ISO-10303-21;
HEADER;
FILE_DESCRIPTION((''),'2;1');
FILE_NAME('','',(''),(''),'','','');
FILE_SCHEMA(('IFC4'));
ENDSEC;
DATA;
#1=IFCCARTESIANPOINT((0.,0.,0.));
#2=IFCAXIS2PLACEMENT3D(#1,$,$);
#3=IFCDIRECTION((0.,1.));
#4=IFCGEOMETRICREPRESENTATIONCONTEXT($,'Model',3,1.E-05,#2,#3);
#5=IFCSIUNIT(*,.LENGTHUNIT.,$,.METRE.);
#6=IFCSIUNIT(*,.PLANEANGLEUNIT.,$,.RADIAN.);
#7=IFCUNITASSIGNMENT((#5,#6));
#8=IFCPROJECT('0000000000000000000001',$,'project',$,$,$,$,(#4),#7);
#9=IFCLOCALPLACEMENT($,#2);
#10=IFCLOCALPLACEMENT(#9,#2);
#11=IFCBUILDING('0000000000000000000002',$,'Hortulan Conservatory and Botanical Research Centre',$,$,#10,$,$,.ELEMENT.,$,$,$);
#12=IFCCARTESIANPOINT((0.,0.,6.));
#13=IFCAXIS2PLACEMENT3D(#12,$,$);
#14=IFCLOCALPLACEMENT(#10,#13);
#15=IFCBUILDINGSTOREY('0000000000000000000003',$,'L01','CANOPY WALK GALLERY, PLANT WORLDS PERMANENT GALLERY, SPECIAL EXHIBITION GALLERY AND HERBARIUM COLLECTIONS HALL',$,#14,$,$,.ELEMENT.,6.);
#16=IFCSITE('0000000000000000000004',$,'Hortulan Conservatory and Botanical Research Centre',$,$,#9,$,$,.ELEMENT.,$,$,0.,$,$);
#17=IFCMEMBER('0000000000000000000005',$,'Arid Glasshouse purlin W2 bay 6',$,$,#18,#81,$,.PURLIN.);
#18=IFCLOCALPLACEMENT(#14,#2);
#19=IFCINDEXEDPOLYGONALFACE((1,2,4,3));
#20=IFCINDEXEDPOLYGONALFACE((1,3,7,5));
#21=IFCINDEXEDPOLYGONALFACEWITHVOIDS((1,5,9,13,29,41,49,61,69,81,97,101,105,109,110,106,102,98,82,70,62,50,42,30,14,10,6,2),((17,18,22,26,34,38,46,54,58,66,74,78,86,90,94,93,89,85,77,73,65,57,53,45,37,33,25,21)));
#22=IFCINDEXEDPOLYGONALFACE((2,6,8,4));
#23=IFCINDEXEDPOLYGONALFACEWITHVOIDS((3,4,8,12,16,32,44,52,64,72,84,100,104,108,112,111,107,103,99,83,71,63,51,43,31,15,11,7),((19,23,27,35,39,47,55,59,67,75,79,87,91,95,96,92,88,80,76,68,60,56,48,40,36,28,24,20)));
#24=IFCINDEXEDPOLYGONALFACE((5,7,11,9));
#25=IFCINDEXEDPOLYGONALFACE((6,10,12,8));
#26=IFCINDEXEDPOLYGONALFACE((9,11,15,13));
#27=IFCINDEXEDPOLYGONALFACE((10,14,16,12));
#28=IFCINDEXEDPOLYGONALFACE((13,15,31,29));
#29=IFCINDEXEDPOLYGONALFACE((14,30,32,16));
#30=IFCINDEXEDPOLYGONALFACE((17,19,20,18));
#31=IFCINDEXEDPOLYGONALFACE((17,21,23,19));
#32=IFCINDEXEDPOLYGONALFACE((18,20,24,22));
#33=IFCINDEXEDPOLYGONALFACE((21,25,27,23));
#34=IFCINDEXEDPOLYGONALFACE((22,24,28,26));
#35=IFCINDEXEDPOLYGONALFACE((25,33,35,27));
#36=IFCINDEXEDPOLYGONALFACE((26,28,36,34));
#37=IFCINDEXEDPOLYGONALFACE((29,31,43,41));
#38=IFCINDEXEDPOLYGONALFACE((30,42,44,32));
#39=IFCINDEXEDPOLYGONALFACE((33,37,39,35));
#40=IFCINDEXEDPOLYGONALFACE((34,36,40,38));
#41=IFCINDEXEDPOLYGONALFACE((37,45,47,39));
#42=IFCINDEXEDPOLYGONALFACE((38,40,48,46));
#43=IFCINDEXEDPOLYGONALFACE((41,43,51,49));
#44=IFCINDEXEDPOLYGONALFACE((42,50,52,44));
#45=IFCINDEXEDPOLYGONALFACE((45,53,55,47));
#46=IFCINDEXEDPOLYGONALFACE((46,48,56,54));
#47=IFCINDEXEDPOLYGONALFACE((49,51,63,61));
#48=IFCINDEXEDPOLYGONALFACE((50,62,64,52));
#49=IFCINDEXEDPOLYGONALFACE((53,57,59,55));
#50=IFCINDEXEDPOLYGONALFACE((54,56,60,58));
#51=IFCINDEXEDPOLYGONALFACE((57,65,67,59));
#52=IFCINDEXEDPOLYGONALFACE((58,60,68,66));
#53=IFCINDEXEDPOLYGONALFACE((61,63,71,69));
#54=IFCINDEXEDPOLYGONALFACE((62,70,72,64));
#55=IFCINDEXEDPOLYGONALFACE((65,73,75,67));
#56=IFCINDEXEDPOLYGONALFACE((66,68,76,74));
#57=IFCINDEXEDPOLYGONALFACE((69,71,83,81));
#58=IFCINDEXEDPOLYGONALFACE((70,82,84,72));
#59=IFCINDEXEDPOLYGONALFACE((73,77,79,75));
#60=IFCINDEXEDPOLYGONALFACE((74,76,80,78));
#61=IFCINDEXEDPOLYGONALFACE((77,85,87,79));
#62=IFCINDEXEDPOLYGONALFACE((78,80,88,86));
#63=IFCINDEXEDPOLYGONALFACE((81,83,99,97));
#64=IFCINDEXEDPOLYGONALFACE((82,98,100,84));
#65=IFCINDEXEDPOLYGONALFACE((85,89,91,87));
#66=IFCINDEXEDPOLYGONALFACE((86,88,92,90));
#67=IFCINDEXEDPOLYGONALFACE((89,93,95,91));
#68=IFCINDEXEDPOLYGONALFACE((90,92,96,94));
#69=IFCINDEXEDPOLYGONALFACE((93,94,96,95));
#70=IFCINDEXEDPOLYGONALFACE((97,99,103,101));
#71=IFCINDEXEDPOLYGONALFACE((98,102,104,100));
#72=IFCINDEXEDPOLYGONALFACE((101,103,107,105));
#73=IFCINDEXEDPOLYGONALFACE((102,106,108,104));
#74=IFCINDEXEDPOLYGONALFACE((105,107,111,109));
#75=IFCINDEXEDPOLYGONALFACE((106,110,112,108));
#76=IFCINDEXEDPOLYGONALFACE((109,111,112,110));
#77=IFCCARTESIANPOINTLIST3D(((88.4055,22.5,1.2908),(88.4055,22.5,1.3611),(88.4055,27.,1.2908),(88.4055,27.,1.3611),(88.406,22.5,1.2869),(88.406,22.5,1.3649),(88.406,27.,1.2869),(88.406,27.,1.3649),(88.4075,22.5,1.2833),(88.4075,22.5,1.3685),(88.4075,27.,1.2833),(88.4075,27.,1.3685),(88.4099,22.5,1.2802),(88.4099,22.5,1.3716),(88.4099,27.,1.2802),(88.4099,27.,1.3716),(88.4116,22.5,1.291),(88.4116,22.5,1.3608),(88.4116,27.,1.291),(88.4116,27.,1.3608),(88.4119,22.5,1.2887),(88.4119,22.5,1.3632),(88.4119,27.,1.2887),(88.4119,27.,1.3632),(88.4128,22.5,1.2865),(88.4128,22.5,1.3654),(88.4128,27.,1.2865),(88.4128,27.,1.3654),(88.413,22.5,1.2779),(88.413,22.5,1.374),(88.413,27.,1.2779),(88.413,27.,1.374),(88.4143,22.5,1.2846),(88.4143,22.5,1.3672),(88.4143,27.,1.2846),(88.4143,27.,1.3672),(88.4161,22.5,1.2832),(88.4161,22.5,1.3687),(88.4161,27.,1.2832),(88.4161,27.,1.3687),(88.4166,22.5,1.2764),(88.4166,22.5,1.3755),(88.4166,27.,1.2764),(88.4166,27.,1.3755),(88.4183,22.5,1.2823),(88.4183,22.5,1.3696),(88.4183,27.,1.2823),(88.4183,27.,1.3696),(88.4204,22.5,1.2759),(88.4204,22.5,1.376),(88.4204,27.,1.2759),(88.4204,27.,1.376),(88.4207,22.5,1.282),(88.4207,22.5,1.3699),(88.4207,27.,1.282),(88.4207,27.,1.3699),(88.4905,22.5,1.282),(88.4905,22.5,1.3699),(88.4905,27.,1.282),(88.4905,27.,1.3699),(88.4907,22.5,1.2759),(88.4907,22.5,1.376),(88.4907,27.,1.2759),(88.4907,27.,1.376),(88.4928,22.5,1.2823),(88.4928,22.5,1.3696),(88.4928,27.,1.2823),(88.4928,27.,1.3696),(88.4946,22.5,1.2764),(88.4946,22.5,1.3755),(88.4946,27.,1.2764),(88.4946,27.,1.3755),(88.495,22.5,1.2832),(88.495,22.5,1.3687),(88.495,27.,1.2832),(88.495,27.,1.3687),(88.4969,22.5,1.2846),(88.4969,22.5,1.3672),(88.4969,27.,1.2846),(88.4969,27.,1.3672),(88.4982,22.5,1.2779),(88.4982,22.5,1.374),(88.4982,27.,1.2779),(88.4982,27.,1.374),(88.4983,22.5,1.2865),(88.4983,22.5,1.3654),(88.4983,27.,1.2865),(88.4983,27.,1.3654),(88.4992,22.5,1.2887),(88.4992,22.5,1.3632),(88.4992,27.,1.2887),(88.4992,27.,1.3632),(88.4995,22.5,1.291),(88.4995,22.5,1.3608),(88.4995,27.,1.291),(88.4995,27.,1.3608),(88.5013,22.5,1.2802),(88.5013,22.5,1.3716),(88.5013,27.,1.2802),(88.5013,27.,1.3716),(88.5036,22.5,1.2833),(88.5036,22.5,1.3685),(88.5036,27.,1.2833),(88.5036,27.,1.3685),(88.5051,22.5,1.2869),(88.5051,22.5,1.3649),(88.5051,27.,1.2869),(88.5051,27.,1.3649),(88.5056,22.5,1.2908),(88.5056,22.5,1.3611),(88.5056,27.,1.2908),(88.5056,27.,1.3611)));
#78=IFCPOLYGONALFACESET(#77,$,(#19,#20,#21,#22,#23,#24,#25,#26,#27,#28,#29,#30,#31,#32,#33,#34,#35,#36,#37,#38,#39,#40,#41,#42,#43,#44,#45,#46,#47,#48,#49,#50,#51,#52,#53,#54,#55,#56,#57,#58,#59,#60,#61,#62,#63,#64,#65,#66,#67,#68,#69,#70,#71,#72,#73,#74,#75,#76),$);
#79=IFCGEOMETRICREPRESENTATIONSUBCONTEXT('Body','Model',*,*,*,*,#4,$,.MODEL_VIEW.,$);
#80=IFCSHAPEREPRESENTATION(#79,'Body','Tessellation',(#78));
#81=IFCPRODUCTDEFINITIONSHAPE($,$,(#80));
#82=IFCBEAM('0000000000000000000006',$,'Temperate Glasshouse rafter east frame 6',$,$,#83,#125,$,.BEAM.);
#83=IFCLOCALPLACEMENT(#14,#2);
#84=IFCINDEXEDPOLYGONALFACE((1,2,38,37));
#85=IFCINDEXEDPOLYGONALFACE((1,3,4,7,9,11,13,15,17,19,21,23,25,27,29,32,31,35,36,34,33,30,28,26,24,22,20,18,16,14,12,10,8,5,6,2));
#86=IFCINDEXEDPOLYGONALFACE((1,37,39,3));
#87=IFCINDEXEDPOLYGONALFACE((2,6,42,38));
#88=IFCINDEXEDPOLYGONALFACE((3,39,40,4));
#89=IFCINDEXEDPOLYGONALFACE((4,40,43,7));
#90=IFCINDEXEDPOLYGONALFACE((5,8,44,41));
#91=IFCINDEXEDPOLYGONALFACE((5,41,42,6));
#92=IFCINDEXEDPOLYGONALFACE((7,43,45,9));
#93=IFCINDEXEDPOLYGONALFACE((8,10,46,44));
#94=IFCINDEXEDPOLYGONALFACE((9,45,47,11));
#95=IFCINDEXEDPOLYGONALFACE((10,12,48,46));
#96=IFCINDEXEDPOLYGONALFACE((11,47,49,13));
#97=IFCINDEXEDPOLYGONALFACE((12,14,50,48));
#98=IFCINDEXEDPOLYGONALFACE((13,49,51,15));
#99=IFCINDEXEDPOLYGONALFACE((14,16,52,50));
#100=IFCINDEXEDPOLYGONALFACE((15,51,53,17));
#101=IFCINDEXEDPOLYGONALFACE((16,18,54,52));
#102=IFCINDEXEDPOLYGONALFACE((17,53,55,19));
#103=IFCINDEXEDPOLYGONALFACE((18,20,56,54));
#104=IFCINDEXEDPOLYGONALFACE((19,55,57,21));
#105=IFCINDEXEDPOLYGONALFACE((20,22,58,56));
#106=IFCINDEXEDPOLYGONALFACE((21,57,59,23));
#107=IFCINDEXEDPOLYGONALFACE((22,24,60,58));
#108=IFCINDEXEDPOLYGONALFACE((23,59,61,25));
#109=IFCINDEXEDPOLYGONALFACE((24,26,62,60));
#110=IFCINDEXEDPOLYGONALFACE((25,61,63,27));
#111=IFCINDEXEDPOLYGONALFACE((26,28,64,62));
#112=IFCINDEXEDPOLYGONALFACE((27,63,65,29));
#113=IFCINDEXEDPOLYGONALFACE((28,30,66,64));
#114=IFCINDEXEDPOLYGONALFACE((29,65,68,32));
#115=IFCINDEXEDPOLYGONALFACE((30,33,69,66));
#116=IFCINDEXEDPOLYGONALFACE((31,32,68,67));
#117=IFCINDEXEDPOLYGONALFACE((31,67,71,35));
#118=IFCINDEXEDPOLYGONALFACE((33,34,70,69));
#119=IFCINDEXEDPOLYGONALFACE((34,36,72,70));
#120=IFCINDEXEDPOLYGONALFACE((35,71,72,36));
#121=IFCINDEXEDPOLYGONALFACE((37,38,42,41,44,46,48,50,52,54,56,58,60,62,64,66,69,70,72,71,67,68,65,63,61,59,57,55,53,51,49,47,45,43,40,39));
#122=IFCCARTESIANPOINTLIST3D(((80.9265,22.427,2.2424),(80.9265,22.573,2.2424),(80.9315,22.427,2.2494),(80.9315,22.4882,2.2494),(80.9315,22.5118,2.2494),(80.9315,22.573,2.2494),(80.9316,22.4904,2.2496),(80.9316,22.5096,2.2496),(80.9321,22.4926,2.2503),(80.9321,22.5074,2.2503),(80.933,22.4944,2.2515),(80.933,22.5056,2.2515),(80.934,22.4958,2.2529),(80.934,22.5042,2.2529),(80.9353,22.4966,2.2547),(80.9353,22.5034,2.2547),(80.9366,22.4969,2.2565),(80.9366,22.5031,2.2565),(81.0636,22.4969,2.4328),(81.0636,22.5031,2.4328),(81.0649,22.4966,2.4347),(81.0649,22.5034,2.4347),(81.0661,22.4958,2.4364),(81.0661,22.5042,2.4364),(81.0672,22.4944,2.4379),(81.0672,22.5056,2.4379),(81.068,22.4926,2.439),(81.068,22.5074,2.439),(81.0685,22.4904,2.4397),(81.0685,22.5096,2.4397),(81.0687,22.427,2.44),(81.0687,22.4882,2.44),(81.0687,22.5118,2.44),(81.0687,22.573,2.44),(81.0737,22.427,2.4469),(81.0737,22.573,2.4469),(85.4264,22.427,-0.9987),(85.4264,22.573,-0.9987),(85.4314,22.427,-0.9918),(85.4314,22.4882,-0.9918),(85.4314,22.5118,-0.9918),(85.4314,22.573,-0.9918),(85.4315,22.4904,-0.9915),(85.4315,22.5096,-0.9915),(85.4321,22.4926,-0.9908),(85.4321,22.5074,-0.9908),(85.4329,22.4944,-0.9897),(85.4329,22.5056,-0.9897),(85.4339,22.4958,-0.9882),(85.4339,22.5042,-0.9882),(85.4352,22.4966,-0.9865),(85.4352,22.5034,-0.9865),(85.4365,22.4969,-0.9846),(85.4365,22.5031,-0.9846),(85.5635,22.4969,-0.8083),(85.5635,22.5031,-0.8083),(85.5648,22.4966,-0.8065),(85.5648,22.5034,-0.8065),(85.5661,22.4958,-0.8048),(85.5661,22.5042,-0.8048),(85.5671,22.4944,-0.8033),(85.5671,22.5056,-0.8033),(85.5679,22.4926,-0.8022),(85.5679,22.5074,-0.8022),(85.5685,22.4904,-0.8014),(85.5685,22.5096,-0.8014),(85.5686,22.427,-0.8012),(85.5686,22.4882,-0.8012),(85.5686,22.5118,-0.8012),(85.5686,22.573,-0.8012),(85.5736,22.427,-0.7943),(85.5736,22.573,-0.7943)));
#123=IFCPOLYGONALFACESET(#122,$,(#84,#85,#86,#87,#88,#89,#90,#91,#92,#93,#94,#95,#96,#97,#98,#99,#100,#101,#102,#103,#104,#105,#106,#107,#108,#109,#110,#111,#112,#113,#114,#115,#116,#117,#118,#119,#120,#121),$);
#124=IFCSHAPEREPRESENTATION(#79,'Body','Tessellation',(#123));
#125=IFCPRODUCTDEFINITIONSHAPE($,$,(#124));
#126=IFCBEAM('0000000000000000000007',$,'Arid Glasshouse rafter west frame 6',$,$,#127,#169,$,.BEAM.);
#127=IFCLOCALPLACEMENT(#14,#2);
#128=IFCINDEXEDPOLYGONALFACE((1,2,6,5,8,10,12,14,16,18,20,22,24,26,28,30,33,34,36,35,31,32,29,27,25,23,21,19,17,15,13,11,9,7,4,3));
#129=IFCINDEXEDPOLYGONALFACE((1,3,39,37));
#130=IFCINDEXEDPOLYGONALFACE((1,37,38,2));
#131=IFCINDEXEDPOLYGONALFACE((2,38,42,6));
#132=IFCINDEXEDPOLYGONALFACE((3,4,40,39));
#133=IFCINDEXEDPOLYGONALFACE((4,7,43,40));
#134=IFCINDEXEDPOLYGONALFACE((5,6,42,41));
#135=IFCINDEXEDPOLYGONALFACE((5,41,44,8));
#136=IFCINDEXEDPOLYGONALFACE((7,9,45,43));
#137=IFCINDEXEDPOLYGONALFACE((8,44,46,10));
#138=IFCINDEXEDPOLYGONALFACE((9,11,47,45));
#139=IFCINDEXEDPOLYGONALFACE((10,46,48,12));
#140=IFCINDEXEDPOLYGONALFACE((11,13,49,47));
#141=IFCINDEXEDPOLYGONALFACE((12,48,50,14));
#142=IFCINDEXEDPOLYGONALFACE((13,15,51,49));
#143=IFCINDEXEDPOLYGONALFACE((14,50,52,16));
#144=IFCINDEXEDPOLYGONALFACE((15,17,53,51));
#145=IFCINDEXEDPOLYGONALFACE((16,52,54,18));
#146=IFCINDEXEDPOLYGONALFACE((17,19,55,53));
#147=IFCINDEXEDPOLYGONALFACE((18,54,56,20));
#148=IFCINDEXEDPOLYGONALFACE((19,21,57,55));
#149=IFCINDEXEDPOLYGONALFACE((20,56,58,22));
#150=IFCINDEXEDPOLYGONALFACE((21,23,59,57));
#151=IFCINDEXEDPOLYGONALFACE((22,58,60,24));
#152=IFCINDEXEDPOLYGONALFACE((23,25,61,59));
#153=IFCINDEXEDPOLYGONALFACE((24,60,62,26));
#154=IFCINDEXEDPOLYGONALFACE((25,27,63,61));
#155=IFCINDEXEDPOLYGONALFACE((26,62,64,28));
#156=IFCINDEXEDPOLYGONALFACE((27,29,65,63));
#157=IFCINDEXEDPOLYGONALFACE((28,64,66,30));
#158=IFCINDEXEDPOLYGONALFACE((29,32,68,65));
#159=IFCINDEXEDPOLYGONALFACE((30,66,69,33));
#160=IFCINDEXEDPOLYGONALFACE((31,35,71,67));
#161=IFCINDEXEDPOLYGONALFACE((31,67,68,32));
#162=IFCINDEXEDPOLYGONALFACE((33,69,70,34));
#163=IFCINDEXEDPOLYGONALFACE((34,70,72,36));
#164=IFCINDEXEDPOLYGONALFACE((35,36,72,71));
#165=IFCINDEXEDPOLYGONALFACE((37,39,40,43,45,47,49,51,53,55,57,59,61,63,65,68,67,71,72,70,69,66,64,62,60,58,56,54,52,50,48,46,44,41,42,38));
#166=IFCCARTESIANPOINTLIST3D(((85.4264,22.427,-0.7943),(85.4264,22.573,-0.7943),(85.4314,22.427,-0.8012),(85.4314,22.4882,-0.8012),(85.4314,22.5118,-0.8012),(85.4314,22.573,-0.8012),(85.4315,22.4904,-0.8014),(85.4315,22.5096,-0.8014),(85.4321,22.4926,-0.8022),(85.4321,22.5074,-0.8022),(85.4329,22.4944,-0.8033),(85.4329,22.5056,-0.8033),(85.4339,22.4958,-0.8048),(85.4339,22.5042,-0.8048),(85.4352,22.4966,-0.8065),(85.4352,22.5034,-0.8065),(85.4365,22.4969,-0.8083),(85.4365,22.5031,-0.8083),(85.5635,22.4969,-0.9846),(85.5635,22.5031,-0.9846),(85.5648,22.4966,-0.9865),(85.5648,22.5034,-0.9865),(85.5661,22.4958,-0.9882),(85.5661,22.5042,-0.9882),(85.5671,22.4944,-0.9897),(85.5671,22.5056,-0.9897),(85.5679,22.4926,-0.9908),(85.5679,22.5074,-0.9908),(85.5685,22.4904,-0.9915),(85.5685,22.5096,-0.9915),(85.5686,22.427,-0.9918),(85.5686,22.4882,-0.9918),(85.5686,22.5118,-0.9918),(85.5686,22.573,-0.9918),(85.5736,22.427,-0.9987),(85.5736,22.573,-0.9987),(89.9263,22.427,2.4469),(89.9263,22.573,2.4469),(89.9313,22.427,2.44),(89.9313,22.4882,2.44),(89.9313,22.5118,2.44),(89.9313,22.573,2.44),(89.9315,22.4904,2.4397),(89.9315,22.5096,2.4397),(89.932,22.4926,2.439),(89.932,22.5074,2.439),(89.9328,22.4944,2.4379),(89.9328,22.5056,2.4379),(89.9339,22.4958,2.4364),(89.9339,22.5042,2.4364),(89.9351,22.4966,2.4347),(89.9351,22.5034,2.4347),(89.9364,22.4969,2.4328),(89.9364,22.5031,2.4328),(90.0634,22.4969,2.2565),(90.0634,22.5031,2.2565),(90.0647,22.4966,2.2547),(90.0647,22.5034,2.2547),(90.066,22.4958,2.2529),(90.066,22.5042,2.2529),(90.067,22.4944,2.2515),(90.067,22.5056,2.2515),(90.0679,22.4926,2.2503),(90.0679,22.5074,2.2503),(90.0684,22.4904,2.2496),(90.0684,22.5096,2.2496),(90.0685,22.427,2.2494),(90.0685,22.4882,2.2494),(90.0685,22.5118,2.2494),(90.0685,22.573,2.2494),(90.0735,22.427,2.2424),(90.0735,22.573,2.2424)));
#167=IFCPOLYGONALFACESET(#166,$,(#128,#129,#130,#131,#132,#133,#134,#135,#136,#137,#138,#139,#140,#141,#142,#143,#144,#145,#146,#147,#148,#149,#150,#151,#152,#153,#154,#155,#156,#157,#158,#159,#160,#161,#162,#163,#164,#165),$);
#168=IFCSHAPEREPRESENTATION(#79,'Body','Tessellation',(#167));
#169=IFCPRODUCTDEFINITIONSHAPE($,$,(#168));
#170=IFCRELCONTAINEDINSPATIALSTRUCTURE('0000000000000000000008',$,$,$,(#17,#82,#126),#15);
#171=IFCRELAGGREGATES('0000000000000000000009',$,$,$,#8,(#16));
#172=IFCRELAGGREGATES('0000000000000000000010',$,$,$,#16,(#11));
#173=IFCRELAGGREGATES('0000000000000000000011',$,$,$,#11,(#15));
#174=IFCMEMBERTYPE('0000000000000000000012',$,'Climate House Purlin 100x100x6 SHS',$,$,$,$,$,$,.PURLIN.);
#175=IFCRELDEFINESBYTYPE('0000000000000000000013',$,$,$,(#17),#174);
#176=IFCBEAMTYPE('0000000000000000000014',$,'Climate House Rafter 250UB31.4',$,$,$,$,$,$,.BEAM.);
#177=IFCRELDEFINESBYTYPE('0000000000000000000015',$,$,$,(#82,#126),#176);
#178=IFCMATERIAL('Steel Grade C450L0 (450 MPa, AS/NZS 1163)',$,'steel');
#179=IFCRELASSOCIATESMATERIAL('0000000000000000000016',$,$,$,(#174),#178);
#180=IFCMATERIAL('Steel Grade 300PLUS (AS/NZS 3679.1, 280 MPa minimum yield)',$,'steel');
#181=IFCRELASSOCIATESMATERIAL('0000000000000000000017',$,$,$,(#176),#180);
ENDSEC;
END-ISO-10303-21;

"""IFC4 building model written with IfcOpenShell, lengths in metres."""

from ifc_helpers import new_model, si_unit, direction, frame, origin, origin_2d, place, context, subcontext, project, spatial, hollow_rectangle, i_section, extrude, material, material_profile, profile_set, type_object, element, save


model = new_model("IFC4")

# Units and contexts
model_context = context("Model", 3, precision=1e-05, world=origin(), true_north=direction((0.0, 1.0)))
body_context = subcontext(model_context, "Body", "Model", "MODEL_VIEW")
ifc_project = project(units=[si_unit("LENGTHUNIT", "METRE"), si_unit("PLANEANGLEUNIT", "RADIAN")], contexts=[model_context])

# Site, building, storey
site_placement = place(None, origin())
site = spatial("IfcSite", under=ifc_project, at=site_placement, Name="Hortulan Conservatory and Botanical Research Centre", CompositionType="ELEMENT", RefElevation=0.0)
building_placement = place(site_placement, origin())
building = spatial("IfcBuilding", under=site, at=building_placement, Name="Hortulan Conservatory and Botanical Research Centre", CompositionType="ELEMENT")
storey_placement = place(building_placement, frame((0.0, 0.0, 6.0)))
storey = spatial("IfcBuildingStorey", under=building, at=storey_placement, Name="L01", Description="CANOPY WALK GALLERY, PLANT WORLDS PERMANENT GALLERY, SPECIAL EXHIBITION GALLERY AND HERBARIUM COLLECTIONS HALL", CompositionType="ELEMENT", Elevation=6.0)

# Member
ifc_material_1 = material(Name="Steel Grade C450L0 (450 MPa, AS/NZS 1163)", Category="steel")
ifc_material_profile_1 = material_profile(ifc_material_1, hollow_rectangle(XDim=0.1001, YDim=0.1001, WallThickness=0.0061, InnerFilletRadius=0.009, OuterFilletRadius=0.0149, at=origin_2d()), Name="100x100x6SHS")
ifc_profile_set_1 = profile_set([ifc_material_profile_1], Name="Steel Grade C450L0 (450 MPa, AS/NZS 1163)")
member_type_1 = type_object("IfcMemberType", Name="Climate House Purlin 100x100x6 SHS", PredefinedType="PURLIN", material=ifc_profile_set_1)
for number, where, z_axis, x_axis, name in (
    (1, (88.4556, 22.5, 1.3259), (0.0, 1.0, 0.0), (-1.0, 0.0, 0.0), "Arid Glasshouse purlin W2 bay 6"),
):
    element("IfcMember", number, at=place(storey_placement, frame(where, z_axis=z_axis, x_axis=x_axis)), inside=storey, type_object=member_type_1, Name=name, PredefinedType="PURLIN", context=body_context, shape_type="SweptSolid", body=[
        extrude(hollow_rectangle(XDim=0.1001, YDim=0.1001, WallThickness=0.0061, InnerFilletRadius=0.009, OuterFilletRadius=0.0149, at=origin_2d()), origin(), (0.0, 0.0, 1.0), 4.5),
    ])

# Beams
ifc_material_2 = material(Name="Steel Grade 300PLUS (AS/NZS 3679.1, 280 MPa minimum yield)", Category="steel")
ifc_material_profile_2 = material_profile(ifc_material_2, i_section(OverallWidth=0.146, OverallDepth=0.252, WebThickness=0.0061, FlangeThickness=0.0085, FilletRadius=0.0088, at=origin_2d()), Name="250UB31.4")
ifc_profile_set_2 = profile_set([ifc_material_profile_2], Name="Steel Grade 300PLUS (AS/NZS 3679.1, 280 MPa minimum yield)")
beam_type = type_object("IfcBeamType", Name="Climate House Rafter 250UB31.4", PredefinedType="BEAM", material=ifc_profile_set_2)
for number, where, z_axis, x_axis, name in (
    (2, (85.5, 22.5, -0.8965), (-0.811431, 0.0, 0.584449), (0.0, -1.0, 0.0), "Temperate Glasshouse rafter east frame 6"),
    (3, (85.5, 22.5, -0.8965), (0.811431, 0.0, 0.584449), (0.0, 1.0, 0.0), "Arid Glasshouse rafter west frame 6"),
):
    element("IfcBeam", number, at=place(storey_placement, frame(where, z_axis=z_axis, x_axis=x_axis)), inside=storey, type_object=beam_type, Name=name, PredefinedType="BEAM", context=body_context, shape_type="SweptSolid", body=[
        extrude(i_section(OverallWidth=0.146, OverallDepth=0.252, WebThickness=0.0061, FlangeThickness=0.0085, FilletRadius=0.0088, at=origin_2d()), origin(), (0.0, 0.0, 1.0), 5.5457),
    ])

save(model, "model.ifc")
